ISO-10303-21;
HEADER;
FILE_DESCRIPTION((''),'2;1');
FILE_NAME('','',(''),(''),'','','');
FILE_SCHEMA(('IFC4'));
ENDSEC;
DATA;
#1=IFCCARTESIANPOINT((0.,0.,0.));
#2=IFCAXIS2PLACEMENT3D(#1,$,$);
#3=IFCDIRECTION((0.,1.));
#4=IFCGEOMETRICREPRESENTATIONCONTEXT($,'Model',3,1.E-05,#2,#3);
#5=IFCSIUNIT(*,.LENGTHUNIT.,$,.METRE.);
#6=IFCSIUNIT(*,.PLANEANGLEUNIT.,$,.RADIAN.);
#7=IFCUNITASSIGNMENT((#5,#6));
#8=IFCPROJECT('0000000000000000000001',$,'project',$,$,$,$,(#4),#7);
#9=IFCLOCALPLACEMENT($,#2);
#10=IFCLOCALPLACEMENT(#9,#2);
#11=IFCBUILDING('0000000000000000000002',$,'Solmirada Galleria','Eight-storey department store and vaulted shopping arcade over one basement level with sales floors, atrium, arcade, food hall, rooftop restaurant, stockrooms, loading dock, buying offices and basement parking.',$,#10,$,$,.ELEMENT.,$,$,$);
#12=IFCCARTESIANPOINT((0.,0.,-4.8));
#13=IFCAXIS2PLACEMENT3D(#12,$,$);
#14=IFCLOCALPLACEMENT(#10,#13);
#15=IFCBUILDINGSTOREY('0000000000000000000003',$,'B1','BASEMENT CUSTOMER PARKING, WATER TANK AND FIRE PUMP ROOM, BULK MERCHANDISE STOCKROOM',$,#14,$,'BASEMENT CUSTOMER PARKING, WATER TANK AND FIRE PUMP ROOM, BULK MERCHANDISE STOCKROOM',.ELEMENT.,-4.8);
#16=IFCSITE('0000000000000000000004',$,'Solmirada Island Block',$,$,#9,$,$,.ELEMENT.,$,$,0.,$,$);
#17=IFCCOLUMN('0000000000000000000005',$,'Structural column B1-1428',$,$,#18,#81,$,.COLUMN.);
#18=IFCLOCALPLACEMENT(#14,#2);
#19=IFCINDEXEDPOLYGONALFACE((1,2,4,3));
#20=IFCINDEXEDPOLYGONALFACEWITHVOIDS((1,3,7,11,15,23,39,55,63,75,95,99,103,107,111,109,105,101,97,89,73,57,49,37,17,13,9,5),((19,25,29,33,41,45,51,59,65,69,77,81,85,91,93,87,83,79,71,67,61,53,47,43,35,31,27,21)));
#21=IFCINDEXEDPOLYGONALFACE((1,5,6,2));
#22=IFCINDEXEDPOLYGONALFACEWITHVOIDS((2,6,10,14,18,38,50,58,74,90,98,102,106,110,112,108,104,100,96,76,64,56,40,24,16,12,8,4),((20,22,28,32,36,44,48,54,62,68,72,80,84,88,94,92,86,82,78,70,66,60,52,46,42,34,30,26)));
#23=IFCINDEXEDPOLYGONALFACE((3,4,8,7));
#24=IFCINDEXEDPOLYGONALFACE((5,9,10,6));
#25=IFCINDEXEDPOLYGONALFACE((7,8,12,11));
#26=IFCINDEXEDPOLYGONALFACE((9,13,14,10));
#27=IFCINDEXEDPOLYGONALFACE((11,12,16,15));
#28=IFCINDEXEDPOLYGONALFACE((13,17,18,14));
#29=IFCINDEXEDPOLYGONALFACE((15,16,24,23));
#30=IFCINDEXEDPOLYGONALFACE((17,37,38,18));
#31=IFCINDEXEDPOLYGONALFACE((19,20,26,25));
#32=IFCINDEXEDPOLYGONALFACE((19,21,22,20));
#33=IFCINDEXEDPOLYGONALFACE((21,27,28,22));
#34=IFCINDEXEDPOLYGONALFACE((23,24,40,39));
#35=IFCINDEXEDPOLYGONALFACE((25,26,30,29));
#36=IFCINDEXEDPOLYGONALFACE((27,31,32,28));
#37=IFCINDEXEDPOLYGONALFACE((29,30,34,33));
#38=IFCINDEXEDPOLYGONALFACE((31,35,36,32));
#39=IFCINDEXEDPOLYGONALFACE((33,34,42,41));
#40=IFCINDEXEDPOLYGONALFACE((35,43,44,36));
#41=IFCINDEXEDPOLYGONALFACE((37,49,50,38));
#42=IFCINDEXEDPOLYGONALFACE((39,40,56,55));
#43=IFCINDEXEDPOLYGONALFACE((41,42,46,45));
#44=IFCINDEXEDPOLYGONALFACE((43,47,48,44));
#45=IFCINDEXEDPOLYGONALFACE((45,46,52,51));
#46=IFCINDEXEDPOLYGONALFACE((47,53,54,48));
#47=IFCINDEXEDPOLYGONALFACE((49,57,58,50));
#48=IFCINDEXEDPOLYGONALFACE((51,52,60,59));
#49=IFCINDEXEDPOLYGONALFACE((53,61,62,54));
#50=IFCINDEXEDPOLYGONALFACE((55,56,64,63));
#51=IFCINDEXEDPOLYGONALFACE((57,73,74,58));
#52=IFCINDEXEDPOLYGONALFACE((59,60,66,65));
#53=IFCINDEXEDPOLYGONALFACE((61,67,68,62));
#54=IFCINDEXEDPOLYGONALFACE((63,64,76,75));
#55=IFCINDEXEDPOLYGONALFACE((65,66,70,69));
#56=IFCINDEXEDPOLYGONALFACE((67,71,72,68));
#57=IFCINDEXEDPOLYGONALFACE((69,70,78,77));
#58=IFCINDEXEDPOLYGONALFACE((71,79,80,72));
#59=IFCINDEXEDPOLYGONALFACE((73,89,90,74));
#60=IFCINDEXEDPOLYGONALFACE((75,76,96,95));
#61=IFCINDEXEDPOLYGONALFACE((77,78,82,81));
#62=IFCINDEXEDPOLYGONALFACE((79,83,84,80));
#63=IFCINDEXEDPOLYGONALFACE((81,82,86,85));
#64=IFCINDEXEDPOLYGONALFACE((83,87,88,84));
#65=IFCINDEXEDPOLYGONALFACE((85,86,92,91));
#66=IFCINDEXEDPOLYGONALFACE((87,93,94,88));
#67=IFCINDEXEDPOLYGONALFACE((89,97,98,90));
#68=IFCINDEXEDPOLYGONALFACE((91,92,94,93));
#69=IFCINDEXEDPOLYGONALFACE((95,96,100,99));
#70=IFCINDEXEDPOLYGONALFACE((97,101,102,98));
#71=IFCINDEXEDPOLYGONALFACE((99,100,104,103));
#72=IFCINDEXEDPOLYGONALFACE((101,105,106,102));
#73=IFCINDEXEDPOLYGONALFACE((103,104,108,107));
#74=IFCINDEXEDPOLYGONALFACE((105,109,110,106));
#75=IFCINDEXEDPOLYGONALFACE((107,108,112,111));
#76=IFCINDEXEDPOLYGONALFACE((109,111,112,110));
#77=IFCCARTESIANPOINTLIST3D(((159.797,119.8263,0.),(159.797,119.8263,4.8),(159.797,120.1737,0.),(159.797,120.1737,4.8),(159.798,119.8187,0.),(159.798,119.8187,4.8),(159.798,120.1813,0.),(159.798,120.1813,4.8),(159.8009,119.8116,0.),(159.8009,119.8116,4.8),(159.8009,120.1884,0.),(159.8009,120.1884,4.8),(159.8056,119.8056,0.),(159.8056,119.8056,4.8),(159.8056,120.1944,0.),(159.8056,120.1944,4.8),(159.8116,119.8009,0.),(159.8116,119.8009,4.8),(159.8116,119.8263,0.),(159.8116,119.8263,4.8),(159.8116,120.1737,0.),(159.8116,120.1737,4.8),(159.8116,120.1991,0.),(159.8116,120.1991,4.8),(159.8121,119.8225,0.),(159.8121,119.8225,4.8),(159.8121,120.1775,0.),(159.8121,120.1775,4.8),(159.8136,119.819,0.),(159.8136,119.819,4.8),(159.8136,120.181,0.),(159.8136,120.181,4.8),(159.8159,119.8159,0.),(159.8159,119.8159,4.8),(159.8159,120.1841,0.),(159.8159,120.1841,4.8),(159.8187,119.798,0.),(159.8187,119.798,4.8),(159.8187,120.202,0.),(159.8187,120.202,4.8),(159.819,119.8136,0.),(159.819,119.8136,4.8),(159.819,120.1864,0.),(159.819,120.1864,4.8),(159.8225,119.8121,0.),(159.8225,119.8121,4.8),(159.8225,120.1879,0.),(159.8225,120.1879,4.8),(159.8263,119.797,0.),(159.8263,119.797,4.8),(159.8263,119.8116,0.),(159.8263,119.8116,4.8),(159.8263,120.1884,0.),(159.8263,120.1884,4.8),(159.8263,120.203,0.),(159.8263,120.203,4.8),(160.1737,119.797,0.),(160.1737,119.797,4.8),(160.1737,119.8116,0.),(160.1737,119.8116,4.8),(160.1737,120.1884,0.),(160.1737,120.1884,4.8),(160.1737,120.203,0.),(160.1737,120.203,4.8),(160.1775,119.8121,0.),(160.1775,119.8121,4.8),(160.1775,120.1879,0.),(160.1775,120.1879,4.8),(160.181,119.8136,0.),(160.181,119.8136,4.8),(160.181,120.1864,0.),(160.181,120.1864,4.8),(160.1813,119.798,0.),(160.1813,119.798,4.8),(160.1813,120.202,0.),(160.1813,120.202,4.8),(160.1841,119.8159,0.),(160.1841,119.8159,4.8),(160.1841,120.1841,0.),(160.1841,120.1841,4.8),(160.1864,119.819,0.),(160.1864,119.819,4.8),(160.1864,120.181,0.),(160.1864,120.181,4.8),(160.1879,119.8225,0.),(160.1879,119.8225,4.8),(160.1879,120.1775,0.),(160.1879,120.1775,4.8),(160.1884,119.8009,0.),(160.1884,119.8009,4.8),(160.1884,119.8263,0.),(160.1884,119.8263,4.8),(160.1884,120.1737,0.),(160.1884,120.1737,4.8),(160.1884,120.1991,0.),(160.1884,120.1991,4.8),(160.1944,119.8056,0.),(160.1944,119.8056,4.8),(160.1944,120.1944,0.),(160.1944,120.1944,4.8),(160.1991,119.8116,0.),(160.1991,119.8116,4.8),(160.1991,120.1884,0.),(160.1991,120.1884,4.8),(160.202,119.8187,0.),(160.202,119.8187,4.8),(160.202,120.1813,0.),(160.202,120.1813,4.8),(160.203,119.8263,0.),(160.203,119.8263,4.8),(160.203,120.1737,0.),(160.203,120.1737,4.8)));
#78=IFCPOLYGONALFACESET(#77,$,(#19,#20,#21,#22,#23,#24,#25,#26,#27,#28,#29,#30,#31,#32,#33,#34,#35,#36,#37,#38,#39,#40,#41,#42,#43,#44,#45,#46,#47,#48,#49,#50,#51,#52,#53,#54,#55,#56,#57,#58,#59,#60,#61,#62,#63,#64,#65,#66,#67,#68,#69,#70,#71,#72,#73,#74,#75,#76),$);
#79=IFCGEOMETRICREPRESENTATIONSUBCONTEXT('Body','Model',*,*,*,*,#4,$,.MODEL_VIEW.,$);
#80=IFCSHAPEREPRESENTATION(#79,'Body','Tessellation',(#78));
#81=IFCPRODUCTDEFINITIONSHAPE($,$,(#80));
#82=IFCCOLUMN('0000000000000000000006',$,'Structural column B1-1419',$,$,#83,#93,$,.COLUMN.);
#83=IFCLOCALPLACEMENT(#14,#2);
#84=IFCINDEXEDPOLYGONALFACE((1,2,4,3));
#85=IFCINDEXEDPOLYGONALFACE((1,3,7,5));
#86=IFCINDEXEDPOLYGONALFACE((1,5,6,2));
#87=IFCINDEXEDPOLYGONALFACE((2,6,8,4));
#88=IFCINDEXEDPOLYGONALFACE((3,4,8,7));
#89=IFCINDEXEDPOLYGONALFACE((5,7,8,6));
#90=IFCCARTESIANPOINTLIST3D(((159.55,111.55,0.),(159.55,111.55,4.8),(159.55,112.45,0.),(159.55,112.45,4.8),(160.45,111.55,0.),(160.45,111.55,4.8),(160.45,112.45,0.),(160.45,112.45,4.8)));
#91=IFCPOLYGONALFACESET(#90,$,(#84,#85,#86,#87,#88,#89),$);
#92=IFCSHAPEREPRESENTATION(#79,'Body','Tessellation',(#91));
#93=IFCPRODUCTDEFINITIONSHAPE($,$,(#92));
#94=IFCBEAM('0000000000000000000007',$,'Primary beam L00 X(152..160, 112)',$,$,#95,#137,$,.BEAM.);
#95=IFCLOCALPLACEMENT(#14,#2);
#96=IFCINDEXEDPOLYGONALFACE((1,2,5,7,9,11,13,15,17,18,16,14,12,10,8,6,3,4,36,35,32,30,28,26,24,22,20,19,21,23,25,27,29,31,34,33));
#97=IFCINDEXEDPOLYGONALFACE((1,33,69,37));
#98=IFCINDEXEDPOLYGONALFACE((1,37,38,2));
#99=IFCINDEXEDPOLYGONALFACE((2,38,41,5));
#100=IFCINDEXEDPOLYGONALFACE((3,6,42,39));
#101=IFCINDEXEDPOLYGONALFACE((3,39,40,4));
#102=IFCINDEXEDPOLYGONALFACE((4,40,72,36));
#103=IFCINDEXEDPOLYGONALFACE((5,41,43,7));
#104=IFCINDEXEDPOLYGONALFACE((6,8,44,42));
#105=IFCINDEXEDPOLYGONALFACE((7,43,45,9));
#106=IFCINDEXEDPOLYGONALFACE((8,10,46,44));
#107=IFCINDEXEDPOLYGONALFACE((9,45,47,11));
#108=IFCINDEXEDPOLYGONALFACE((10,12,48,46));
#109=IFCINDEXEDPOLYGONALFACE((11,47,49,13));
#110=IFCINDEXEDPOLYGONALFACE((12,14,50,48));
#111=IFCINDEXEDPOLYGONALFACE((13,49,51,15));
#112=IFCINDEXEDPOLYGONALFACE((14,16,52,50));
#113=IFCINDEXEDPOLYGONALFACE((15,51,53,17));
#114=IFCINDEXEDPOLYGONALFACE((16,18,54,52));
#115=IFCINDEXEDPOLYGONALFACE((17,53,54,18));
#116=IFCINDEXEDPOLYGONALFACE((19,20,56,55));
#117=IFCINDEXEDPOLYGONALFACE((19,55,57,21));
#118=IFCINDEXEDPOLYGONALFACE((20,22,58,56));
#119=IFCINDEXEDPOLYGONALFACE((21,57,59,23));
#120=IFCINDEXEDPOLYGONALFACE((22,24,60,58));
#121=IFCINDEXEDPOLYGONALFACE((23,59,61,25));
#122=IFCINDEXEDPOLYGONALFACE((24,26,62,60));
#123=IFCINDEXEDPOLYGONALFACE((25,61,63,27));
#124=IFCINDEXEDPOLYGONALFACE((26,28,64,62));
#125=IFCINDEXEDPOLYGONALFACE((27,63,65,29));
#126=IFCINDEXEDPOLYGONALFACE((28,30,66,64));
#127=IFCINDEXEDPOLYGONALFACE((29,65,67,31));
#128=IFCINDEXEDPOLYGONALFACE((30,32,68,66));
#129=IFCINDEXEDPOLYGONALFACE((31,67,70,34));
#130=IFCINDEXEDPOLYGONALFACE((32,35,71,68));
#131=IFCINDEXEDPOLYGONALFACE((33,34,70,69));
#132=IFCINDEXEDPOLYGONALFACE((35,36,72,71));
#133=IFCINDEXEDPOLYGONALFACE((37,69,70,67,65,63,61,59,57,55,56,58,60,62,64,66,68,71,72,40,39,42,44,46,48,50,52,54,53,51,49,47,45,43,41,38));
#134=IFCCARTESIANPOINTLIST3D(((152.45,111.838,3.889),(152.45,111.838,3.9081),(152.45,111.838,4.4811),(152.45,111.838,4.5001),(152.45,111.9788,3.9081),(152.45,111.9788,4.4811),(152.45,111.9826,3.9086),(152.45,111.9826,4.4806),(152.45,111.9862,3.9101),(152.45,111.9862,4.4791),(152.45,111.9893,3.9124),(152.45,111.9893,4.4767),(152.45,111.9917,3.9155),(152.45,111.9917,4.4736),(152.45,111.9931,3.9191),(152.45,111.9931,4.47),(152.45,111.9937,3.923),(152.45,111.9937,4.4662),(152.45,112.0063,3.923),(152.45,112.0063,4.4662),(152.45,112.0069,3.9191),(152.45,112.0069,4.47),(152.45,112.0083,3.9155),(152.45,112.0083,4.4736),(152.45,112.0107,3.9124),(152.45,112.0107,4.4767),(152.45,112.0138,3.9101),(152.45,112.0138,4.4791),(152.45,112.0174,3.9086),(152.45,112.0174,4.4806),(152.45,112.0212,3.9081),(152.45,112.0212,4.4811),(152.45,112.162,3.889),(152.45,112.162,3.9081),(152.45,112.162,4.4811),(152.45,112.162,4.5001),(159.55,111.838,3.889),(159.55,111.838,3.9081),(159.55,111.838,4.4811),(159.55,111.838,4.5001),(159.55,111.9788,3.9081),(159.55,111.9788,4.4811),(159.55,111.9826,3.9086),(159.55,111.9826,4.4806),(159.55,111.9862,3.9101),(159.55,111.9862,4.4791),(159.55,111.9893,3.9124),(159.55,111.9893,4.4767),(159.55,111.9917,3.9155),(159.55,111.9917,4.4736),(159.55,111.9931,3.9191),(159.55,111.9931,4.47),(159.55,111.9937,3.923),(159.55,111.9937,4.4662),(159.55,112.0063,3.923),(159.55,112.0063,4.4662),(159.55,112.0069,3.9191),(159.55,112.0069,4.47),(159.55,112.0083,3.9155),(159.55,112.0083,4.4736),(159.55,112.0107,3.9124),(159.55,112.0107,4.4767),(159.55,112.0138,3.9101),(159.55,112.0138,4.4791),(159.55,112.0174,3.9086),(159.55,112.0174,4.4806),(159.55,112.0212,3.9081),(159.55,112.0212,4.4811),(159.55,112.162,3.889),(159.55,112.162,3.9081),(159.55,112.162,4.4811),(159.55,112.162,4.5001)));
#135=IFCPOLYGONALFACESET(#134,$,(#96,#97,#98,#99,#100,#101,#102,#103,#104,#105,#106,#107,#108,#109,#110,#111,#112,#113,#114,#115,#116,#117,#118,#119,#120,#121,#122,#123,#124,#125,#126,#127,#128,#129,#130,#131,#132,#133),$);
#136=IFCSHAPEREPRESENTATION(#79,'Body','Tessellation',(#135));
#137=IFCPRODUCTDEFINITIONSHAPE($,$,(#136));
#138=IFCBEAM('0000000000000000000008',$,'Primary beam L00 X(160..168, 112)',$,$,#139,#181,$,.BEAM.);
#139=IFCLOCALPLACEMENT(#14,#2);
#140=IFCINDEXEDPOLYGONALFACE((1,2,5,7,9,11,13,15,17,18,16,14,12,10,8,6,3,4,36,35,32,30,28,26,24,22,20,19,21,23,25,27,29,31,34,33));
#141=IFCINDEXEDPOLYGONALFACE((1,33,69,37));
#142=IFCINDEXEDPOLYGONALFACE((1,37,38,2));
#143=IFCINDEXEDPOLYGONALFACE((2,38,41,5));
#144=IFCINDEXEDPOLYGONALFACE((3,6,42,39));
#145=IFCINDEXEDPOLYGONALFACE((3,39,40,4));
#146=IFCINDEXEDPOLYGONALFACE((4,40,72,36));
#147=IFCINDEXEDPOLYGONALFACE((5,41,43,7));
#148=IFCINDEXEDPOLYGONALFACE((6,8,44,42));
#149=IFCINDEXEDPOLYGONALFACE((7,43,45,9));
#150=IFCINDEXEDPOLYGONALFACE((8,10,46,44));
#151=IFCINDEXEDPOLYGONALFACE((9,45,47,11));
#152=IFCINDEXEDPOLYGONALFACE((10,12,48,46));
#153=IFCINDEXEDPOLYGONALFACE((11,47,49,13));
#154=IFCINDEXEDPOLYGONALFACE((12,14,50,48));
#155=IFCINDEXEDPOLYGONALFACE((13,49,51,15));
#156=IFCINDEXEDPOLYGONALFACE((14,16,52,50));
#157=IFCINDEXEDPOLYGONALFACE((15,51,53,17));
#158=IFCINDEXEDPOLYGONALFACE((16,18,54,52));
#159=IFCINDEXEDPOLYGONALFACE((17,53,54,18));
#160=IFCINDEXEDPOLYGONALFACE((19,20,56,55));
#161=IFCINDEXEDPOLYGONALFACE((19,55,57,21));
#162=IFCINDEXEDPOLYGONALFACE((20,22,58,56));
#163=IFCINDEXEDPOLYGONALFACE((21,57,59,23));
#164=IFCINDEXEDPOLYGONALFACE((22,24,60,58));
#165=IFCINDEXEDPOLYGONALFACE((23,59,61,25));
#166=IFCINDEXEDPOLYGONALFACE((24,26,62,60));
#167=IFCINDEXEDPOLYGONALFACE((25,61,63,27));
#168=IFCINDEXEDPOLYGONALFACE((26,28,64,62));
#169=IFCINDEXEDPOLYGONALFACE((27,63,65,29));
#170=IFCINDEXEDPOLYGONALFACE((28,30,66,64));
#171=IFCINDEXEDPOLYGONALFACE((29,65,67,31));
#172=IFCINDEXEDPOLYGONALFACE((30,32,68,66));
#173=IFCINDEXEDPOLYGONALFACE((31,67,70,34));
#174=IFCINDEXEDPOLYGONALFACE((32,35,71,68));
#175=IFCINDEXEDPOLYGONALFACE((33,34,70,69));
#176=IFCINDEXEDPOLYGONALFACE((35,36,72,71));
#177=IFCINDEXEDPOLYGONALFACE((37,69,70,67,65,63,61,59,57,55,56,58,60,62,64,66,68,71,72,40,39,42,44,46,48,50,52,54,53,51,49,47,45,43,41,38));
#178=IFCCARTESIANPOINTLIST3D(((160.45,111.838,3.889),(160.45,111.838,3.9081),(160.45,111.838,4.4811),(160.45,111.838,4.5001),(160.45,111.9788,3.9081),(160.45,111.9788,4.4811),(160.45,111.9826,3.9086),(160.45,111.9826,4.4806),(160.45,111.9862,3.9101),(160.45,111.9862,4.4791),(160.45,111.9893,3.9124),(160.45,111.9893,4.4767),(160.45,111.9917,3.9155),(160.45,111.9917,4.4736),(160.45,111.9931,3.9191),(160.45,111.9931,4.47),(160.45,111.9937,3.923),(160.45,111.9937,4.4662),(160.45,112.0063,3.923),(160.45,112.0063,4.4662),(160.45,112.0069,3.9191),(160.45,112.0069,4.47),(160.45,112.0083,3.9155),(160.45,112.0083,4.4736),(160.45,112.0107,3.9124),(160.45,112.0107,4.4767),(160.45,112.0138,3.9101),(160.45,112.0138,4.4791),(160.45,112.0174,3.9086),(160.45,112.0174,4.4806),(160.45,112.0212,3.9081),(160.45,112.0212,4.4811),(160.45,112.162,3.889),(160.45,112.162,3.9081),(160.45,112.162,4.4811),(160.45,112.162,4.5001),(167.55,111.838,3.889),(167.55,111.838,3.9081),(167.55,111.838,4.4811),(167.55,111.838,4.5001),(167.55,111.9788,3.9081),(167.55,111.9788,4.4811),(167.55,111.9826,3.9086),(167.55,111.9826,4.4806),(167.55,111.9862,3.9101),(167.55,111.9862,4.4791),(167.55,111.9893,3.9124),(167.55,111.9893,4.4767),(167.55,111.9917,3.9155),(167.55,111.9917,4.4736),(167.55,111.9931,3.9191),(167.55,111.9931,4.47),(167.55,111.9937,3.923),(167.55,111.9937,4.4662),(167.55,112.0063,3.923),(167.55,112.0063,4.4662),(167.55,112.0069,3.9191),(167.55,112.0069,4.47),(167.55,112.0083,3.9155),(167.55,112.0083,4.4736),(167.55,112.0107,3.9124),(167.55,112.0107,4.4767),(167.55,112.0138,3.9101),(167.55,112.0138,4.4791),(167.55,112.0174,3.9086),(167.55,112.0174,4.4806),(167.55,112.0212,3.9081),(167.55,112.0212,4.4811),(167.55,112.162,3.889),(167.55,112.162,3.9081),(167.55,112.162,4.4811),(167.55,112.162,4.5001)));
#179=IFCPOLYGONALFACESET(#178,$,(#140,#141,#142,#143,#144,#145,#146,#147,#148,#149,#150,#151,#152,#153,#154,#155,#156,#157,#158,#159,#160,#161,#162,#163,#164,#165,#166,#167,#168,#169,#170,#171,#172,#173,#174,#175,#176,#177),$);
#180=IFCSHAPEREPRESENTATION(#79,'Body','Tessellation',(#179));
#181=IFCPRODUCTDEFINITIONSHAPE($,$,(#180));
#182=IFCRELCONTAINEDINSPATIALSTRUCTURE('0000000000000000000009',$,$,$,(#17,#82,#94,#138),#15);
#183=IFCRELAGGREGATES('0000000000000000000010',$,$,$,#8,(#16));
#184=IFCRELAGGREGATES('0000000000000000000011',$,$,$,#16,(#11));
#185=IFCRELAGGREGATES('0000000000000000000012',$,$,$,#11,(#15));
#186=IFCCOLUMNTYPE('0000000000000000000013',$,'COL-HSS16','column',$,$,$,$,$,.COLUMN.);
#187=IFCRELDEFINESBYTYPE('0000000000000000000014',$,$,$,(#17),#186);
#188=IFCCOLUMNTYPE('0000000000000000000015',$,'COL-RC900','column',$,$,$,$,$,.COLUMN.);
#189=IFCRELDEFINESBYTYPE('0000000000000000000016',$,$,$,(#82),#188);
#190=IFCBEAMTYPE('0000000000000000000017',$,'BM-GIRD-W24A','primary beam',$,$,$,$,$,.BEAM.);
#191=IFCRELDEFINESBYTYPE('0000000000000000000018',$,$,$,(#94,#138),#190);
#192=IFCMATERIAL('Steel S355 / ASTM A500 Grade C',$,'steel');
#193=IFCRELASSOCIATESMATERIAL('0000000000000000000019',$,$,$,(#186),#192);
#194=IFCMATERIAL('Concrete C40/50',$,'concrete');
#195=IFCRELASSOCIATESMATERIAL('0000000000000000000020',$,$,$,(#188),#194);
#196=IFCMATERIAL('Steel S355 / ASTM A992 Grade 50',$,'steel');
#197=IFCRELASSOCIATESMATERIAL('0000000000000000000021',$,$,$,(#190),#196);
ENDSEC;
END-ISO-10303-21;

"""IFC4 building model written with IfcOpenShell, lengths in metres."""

from ifc_helpers import new_model, si_unit, direction, frame, origin, origin_2d, place, context, subcontext, project, spatial, rectangle, hollow_rectangle, i_section, extrude, material, material_profile, profile_set, type_object, element, save


model = new_model("IFC4")

# Units and contexts
model_context = context("Model", 3, precision=1e-05, world=origin(), true_north=direction((0.0, 1.0)))
body_context = subcontext(model_context, "Body", "Model", "MODEL_VIEW")
ifc_project = project(units=[si_unit("LENGTHUNIT", "METRE"), si_unit("PLANEANGLEUNIT", "RADIAN")], contexts=[model_context])

# Site, building, storey
site_placement = place(None, origin())
site = spatial("IfcSite", under=ifc_project, at=site_placement, Name="Solmirada Island Block", CompositionType="ELEMENT", RefElevation=0.0)
building_placement = place(site_placement, origin())
building = spatial("IfcBuilding", under=site, at=building_placement, Name="Solmirada Galleria", Description="Eight-storey department store and vaulted shopping arcade over one basement level with sales floors, atrium, arcade, food hall, rooftop restaurant, stockrooms, loading dock, buying offices and basement parking.", CompositionType="ELEMENT")
storey_placement = place(building_placement, frame((0.0, 0.0, -4.8)))
storey = spatial("IfcBuildingStorey", under=building, at=storey_placement, Name="B1", Description="BASEMENT CUSTOMER PARKING, WATER TANK AND FIRE PUMP ROOM, BULK MERCHANDISE STOCKROOM", LongName="BASEMENT CUSTOMER PARKING, WATER TANK AND FIRE PUMP ROOM, BULK MERCHANDISE STOCKROOM", CompositionType="ELEMENT", Elevation=-4.8)

# Shared definitions
ifc_material_1 = material(Name="Concrete C40/50", Category="concrete")

# Columns
ifc_material_2 = material(Name="Steel S355 / ASTM A500 Grade C", Category="steel")
ifc_material_profile_1 = material_profile(ifc_material_2, hollow_rectangle(XDim=0.406, YDim=0.406, WallThickness=0.0146, InnerFilletRadius=0.0146, OuterFilletRadius=0.0293, at=origin_2d()), Name="HSS16X16X5/8")
ifc_profile_set_1 = profile_set([ifc_material_profile_1], Name="Steel S355 / ASTM A500 Grade C")
column_type_1 = type_object("IfcColumnType", Name="COL-HSS16", Description="column", PredefinedType="COLUMN", material=ifc_profile_set_1)
column_1_placement = place(storey_placement, frame((160.0, 120.0, 0.0), z_axis=(0.0, 0.0, 1.0), x_axis=(1.0, 0.0, 0.0)))
element("IfcColumn", 1, at=column_1_placement, inside=storey, type_object=column_type_1, Name="Structural column B1-1428", PredefinedType="COLUMN", context=body_context, shape_type="SweptSolid", body=[
    extrude(hollow_rectangle(XDim=0.406, YDim=0.406, WallThickness=0.0146, InnerFilletRadius=0.0146, OuterFilletRadius=0.0293, at=origin_2d()), origin(), (0.0, 0.0, 1.0), 4.8),
])
ifc_material_profile_2 = material_profile(ifc_material_1, rectangle(XDim=0.8999, YDim=0.8999, at=origin_2d()), Name="RC900X900")
ifc_profile_set_2 = profile_set([ifc_material_profile_2], Name="Concrete C40/50")
column_type_2 = type_object("IfcColumnType", Name="COL-RC900", Description="column", PredefinedType="COLUMN", material=ifc_profile_set_2)
column_2_placement = place(storey_placement, frame((160.0, 112.0, 0.0), z_axis=(0.0, 0.0, 1.0), x_axis=(1.0, 0.0, 0.0)))
element("IfcColumn", 2, at=column_2_placement, inside=storey, type_object=column_type_2, Name="Structural column B1-1419", PredefinedType="COLUMN", context=body_context, shape_type="SweptSolid", body=[
    extrude(rectangle(XDim=0.8999, YDim=0.8999, at=origin_2d()), origin(), (0.0, 0.0, 1.0), 4.8),
])

# Beams
ifc_material_3 = material(Name="Steel S355 / ASTM A992 Grade 50", Category="steel")
ifc_material_profile_3 = material_profile(ifc_material_3, i_section(OverallWidth=0.324, OverallDepth=0.6111, WebThickness=0.0127, FlangeThickness=0.019, FilletRadius=0.0149, at=origin_2d()), Name="W24X104")
ifc_profile_set_3 = profile_set([ifc_material_profile_3], Name="Steel S355 / ASTM A992 Grade 50")
beam_type_1 = type_object("IfcBeamType", Name="BM-GIRD-W24A", Description="primary beam", PredefinedType="BEAM", material=ifc_profile_set_3)
for number, where, z_axis, x_axis, name in (
    (3, (152.45, 112.0, 4.1946), (1.0, 0.0, 0.0), (0.0, 1.0, 0.0), "Primary beam L00 X(152..160, 112)"),
    (4, (160.45, 112.0, 4.1946), (1.0, 0.0, 0.0), (0.0, 1.0, 0.0), "Primary beam L00 X(160..168, 112)"),
):
    element("IfcBeam", number, at=place(storey_placement, frame(where, z_axis=z_axis, x_axis=x_axis)), inside=storey, type_object=beam_type_1, Name=name, PredefinedType="BEAM", context=body_context, shape_type="SweptSolid", body=[
        extrude(i_section(OverallWidth=0.324, OverallDepth=0.6111, WebThickness=0.0127, FlangeThickness=0.019, FilletRadius=0.0149, at=origin_2d()), origin(), (0.0, 0.0, 1.0), 7.1001),
    ])

save(model, "model.ifc")
